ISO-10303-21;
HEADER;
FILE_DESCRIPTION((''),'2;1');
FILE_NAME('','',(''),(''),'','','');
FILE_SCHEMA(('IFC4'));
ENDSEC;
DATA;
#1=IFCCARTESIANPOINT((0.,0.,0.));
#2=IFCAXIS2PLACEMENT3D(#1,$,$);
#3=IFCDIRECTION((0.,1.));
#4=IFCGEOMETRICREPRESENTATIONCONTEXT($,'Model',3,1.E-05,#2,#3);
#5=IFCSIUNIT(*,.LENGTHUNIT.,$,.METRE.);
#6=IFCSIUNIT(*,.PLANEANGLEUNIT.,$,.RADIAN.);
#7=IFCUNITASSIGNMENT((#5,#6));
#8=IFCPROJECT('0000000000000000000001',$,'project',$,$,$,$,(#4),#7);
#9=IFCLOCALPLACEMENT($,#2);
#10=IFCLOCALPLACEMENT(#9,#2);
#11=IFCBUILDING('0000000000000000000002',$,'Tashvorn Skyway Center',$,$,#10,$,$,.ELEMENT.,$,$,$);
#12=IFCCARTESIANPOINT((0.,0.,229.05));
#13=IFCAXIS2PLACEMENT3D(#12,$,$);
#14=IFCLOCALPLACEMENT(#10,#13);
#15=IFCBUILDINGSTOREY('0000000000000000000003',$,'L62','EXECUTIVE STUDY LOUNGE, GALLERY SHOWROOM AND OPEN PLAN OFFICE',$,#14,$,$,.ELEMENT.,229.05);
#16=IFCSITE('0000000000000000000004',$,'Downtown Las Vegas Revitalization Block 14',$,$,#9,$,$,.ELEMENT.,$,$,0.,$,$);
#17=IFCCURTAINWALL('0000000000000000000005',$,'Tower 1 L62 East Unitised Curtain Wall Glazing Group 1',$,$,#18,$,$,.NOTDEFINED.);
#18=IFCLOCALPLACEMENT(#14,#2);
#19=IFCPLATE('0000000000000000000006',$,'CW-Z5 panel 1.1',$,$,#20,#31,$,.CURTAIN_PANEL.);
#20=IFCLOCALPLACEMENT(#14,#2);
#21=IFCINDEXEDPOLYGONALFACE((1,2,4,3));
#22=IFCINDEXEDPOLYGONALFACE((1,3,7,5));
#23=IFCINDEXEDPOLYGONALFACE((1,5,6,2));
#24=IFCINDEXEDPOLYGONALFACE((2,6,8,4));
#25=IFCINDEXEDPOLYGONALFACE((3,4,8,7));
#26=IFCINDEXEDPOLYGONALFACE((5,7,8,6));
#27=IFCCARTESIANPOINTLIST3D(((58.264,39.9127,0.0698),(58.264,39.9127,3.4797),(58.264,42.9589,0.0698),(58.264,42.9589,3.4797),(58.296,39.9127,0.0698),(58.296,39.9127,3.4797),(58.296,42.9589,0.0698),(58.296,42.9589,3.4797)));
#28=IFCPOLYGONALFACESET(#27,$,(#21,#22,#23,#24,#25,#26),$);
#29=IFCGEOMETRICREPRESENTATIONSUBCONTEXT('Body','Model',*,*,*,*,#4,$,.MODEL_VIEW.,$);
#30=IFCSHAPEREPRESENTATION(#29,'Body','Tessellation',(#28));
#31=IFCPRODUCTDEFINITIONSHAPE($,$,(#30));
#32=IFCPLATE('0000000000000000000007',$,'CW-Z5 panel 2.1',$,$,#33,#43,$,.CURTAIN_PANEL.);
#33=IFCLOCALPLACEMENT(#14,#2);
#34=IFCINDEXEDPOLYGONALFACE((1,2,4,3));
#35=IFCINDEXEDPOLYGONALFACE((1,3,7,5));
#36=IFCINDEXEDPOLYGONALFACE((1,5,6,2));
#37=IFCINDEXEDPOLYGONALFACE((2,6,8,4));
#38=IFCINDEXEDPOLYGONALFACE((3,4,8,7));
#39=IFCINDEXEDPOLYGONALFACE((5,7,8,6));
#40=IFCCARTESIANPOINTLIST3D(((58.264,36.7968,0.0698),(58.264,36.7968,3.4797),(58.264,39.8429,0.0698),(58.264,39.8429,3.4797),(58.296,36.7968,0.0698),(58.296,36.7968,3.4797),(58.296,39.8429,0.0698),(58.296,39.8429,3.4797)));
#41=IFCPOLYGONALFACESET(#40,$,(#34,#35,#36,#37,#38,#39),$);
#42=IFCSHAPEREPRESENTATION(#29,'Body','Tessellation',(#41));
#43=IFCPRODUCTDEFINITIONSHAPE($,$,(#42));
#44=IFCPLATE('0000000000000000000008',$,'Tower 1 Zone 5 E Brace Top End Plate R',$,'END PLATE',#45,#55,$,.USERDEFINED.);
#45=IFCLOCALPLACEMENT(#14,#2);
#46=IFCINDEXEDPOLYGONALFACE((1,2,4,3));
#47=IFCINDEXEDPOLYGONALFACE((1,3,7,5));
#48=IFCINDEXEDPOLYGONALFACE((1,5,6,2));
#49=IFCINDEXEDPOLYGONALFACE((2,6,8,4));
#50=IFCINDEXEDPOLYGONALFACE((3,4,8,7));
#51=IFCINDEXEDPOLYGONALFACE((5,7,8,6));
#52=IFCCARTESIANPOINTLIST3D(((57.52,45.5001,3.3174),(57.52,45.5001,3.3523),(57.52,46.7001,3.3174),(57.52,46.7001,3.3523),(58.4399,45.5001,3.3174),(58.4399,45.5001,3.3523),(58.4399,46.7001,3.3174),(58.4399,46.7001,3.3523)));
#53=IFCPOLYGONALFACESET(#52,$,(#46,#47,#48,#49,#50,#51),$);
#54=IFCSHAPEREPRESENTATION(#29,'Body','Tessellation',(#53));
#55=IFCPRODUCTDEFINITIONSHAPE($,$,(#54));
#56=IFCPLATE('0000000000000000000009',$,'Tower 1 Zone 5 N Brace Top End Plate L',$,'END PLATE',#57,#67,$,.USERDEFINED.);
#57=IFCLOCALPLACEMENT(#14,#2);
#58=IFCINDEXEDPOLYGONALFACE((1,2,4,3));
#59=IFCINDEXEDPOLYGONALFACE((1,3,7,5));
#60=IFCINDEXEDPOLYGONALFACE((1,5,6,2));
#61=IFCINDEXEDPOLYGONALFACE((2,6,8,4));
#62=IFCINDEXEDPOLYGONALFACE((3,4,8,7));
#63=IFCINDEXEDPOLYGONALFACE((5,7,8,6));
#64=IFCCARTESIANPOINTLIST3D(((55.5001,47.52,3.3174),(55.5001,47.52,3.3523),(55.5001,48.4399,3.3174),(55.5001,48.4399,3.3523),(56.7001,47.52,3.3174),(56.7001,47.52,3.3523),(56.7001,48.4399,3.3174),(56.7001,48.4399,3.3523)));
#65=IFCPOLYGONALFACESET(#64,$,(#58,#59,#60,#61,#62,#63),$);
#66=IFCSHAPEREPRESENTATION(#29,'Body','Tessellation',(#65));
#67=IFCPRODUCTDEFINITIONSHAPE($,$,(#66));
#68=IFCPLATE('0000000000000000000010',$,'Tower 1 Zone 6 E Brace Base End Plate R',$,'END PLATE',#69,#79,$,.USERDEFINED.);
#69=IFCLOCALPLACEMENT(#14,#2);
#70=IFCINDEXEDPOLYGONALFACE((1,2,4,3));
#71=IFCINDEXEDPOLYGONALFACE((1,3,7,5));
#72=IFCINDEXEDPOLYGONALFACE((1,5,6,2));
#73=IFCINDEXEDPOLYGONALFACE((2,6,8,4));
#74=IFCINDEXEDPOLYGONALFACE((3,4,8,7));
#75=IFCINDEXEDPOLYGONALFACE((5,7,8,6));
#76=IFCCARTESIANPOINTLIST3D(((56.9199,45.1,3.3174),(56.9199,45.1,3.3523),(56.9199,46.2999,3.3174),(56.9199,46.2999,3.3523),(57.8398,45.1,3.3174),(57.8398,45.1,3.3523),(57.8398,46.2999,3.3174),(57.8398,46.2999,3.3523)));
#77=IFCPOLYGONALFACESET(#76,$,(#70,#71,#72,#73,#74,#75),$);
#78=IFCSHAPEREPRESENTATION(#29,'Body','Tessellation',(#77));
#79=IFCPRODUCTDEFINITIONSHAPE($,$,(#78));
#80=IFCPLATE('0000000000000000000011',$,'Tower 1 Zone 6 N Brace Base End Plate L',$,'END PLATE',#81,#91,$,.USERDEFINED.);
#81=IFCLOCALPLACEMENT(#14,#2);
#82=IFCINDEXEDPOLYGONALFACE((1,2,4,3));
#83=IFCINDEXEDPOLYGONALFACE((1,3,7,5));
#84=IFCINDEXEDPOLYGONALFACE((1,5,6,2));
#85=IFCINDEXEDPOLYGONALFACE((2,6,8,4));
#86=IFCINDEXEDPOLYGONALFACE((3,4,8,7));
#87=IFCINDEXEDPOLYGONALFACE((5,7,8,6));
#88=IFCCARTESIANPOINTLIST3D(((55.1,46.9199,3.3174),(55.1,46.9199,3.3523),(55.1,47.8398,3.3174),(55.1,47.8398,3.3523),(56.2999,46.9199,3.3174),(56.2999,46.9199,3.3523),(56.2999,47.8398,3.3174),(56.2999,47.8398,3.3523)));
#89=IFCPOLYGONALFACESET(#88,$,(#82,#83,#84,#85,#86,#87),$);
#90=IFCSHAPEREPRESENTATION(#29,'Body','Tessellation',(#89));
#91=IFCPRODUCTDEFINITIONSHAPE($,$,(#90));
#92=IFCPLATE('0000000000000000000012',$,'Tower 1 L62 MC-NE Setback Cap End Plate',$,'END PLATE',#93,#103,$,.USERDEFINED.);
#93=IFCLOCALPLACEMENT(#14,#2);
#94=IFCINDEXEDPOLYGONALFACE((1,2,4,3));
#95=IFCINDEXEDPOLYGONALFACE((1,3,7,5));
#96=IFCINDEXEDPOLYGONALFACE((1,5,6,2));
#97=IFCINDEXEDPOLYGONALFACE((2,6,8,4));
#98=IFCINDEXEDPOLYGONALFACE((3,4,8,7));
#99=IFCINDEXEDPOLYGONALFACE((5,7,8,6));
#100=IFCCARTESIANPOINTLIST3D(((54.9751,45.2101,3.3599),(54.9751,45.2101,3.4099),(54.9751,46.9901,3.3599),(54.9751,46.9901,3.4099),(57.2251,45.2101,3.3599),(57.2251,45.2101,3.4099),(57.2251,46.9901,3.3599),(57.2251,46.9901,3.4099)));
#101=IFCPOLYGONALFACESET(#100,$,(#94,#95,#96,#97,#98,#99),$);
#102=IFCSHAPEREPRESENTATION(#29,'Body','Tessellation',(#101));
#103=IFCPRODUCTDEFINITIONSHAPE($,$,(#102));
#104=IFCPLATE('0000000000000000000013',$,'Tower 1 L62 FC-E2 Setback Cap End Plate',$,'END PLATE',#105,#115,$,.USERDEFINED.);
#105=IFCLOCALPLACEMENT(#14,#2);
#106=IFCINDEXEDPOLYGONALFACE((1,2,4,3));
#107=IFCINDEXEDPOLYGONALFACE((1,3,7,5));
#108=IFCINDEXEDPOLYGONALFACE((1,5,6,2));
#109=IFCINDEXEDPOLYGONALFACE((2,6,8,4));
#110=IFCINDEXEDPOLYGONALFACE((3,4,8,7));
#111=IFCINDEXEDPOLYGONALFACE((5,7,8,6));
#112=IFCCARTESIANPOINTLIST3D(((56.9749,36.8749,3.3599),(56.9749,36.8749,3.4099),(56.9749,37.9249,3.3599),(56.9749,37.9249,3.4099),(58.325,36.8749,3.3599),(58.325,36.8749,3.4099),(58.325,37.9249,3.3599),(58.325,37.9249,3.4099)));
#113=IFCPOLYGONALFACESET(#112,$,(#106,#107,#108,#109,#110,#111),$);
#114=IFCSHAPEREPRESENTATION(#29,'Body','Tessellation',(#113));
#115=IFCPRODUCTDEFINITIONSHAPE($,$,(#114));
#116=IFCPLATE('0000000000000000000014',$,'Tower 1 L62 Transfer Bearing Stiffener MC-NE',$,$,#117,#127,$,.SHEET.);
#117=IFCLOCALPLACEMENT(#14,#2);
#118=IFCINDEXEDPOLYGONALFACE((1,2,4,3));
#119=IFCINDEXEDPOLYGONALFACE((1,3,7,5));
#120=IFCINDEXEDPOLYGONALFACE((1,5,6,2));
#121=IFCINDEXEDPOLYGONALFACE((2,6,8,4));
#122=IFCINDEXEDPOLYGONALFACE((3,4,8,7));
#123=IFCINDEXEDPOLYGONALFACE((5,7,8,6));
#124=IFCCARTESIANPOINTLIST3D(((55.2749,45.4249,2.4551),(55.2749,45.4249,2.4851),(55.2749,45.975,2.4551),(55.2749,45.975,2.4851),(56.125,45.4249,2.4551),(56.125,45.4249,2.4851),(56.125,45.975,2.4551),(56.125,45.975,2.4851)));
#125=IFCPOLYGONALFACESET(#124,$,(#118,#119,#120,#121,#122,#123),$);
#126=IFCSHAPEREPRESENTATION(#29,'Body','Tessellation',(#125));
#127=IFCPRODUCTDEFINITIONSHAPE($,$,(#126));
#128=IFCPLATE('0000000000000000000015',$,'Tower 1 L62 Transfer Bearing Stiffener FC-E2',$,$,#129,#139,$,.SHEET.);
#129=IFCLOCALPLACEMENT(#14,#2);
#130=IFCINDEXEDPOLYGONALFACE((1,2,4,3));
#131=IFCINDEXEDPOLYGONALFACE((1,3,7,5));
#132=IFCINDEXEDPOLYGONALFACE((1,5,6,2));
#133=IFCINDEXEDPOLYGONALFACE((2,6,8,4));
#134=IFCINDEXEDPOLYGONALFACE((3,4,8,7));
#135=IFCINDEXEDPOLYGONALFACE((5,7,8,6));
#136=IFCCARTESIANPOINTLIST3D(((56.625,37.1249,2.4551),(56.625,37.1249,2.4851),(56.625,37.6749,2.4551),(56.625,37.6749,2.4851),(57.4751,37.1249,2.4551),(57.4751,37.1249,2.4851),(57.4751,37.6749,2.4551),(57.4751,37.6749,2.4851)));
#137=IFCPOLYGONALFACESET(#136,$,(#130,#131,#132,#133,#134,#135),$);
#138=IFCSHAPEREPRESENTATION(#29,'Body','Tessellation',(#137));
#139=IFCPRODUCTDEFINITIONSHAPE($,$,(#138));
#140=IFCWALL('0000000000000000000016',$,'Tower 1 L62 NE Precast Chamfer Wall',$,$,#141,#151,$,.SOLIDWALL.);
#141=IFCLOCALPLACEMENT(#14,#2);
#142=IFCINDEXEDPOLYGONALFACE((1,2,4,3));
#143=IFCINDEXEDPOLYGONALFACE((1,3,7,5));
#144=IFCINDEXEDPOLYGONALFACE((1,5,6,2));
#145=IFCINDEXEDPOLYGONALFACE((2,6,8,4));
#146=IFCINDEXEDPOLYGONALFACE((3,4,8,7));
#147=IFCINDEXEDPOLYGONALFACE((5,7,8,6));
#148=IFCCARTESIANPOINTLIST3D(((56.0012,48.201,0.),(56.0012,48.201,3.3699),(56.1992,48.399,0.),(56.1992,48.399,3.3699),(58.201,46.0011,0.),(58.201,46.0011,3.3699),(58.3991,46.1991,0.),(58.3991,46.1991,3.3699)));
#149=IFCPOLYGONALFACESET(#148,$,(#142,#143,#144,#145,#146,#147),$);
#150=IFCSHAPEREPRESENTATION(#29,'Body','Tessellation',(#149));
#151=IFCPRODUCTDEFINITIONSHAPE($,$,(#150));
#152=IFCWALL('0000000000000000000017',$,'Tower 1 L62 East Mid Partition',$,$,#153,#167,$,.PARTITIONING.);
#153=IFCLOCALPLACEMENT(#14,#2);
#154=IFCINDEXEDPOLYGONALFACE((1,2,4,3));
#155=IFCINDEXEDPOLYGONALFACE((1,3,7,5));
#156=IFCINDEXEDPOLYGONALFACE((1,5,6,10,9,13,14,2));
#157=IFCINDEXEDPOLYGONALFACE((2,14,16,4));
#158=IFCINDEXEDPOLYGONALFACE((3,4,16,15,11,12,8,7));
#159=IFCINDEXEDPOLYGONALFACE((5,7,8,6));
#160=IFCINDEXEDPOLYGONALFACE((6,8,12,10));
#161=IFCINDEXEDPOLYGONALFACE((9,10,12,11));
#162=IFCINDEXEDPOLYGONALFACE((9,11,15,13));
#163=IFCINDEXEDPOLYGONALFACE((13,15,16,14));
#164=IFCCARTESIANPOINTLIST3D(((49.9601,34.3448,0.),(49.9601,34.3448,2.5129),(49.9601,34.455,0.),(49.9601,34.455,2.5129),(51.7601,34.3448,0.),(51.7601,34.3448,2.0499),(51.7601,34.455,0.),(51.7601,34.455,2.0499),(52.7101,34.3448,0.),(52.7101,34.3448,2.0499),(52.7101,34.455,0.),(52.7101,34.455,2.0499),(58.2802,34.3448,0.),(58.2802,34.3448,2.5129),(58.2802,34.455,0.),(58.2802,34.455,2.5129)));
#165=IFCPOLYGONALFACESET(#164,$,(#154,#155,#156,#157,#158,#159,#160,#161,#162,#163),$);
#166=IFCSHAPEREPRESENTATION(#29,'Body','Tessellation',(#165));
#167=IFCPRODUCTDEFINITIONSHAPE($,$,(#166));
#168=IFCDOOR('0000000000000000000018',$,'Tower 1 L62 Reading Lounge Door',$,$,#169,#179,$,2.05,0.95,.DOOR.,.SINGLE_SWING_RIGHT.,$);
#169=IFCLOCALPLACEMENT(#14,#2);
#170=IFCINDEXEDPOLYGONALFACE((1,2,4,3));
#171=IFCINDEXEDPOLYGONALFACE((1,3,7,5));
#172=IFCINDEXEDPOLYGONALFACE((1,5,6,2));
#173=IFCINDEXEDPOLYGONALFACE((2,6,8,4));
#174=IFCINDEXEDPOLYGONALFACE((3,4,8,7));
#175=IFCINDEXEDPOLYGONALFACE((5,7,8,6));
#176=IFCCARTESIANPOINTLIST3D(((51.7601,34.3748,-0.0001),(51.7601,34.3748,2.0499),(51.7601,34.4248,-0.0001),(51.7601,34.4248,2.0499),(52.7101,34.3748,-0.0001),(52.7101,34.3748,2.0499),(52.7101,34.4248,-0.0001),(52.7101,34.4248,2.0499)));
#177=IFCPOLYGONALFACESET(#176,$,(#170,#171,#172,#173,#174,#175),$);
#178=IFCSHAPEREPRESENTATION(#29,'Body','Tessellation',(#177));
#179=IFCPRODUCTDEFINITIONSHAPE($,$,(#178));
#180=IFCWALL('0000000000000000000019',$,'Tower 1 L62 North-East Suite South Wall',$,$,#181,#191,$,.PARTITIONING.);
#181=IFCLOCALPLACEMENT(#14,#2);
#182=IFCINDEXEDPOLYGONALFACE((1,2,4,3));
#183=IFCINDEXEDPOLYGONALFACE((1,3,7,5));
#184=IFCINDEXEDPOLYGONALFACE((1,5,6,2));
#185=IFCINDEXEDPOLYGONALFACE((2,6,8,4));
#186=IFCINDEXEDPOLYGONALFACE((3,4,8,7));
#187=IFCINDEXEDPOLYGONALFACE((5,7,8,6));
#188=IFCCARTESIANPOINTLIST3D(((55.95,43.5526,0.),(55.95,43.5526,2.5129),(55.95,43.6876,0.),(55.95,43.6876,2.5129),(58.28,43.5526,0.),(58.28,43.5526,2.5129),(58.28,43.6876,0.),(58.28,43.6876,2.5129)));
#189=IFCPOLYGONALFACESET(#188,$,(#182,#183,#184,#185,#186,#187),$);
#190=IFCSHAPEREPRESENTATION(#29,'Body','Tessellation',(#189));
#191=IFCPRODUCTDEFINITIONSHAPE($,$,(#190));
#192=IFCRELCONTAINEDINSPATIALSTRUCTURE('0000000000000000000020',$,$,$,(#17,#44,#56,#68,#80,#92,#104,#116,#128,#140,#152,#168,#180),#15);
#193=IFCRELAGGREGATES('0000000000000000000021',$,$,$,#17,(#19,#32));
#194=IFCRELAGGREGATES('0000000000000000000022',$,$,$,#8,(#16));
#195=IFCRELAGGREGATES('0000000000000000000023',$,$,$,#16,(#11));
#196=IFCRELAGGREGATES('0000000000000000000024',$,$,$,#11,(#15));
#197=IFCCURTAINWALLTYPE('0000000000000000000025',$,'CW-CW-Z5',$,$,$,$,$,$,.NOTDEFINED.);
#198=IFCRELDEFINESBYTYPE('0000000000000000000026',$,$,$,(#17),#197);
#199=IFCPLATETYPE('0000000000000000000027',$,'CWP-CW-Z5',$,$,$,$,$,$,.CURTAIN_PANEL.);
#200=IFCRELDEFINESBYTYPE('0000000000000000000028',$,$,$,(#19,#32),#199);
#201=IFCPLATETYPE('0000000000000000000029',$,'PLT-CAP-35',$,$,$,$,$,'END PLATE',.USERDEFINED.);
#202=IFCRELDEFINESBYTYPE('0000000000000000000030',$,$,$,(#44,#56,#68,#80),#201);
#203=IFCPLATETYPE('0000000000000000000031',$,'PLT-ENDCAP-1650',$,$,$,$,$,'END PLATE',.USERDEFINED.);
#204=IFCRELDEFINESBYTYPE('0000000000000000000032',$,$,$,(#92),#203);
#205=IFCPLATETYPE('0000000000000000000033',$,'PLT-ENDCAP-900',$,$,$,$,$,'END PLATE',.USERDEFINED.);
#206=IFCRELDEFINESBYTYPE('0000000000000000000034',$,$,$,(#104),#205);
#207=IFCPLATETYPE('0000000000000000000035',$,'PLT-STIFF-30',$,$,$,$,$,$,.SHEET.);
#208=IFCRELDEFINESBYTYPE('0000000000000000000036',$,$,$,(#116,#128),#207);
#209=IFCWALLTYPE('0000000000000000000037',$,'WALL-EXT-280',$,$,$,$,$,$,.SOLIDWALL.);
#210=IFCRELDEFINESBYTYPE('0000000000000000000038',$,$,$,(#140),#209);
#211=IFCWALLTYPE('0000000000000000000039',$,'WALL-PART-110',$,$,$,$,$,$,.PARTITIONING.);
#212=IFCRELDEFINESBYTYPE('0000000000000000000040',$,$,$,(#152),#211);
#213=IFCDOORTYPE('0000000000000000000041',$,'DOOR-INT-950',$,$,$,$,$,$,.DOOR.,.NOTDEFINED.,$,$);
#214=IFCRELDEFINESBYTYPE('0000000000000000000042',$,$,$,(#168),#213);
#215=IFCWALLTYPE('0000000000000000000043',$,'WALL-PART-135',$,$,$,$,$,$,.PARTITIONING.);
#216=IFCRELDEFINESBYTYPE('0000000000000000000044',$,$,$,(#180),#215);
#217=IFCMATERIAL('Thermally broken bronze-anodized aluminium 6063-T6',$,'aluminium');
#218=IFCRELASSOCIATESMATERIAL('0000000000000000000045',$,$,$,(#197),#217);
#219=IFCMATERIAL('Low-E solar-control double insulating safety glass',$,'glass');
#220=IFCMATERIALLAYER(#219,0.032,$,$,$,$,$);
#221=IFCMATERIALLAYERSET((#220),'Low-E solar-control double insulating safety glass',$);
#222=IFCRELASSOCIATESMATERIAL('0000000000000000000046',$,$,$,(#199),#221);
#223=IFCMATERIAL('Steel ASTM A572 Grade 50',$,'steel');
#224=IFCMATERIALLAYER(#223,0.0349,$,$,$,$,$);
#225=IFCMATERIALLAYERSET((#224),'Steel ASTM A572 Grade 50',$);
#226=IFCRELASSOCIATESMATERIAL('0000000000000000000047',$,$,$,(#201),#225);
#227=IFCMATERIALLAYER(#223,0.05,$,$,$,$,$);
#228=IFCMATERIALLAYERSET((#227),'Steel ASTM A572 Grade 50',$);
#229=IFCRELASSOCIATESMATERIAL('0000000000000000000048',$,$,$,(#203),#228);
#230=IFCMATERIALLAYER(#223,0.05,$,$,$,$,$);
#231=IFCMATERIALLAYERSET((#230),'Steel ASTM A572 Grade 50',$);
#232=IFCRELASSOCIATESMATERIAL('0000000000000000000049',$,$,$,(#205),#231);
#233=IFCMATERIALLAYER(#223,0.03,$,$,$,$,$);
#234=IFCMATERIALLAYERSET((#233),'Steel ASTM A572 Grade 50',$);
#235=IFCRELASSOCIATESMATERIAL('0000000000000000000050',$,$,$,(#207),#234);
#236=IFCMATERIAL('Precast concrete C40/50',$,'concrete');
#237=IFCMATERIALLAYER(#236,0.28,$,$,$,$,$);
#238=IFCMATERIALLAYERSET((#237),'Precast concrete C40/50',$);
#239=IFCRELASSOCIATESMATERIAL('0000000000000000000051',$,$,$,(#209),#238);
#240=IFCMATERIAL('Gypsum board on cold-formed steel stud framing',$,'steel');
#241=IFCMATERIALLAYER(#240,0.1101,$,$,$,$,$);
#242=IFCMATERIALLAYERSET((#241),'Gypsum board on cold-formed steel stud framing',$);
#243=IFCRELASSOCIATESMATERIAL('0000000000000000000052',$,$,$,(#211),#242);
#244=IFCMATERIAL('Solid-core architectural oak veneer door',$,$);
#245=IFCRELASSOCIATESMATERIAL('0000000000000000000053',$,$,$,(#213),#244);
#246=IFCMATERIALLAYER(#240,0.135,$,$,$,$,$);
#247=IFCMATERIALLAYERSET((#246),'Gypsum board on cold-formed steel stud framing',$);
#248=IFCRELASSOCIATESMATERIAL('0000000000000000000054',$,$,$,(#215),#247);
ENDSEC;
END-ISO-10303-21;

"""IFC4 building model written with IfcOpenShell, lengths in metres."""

from ifc_helpers import new_model, si_unit, direction, frame, frame_2d, origin, origin_2d, place, context, subcontext, project, spatial, rectangle, extrude, material, layer, layer_set, type_object, element, fill, aggregate, save


model = new_model("IFC4")

# Units and contexts
model_context = context("Model", 3, precision=1e-05, world=origin(), true_north=direction((0.0, 1.0)))
body_context = subcontext(model_context, "Body", "Model", "MODEL_VIEW")
ifc_project = project(units=[si_unit("LENGTHUNIT", "METRE"), si_unit("PLANEANGLEUNIT", "RADIAN")], contexts=[model_context])

# Site, building, storey
site_placement = place(None, origin())
site = spatial("IfcSite", under=ifc_project, at=site_placement, Name="Downtown Las Vegas Revitalization Block 14", CompositionType="ELEMENT", RefElevation=0.0)
building_placement = place(site_placement, origin())
building = spatial("IfcBuilding", under=site, at=building_placement, Name="Tashvorn Skyway Center", CompositionType="ELEMENT")
storey_placement = place(building_placement, frame((0.0, 0.0, 229.05)))
storey = spatial("IfcBuildingStorey", under=building, at=storey_placement, Name="L62", Description="EXECUTIVE STUDY LOUNGE, GALLERY SHOWROOM AND OPEN PLAN OFFICE", CompositionType="ELEMENT", Elevation=229.05)

# Shared definitions
ifc_material_1 = material(Name="Steel ASTM A572 Grade 50", Category="steel")

# Shared definitions
ifc_material_2 = material(Name="Thermally broken bronze-anodized aluminium 6063-T6", Category="aluminium")
curtain_wall_type = type_object("IfcCurtainWallType", Name="CW-CW-Z5", PredefinedType="NOTDEFINED", material=ifc_material_2)

# Curtain wall
curtain_wall_1_placement = place(storey_placement, origin())
curtain_wall_1 = element("IfcCurtainWall", 1, at=curtain_wall_1_placement, inside=storey, type_object=curtain_wall_type, Name="Tower 1 L62 East Unitised Curtain Wall Glazing Group 1", PredefinedType="NOTDEFINED")

# Plates
ifc_material_3 = material(Name="Low-E solar-control double insulating safety glass", Category="glass")
ifc_layer_1 = layer(ifc_material_3, 0.032)
ifc_layer_set_1 = layer_set([ifc_layer_1], Name="Low-E solar-control double insulating safety glass")
plate_type_1 = type_object("IfcPlateType", Name="CWP-CW-Z5", PredefinedType="CURTAIN_PANEL", material=ifc_layer_set_1)
plate_1_placement = place(storey_placement, frame((58.28, 41.4358, 0.0698), z_axis=(0.0, 0.0, 1.0), x_axis=(0.0, -1.0, 0.0)))
plate_1 = element("IfcPlate", 2, at=plate_1_placement, type_object=plate_type_1, Name="CW-Z5 panel 1.1", PredefinedType="CURTAIN_PANEL", context=body_context, shape_type="SweptSolid", body=[
    extrude(rectangle(XDim=3.0461, YDim=0.032, at=origin_2d()), origin(), (0.0, 0.0, 1.0), 3.4099),
])
plate_2_placement = place(storey_placement, frame((58.28, 38.3198, 0.0698), z_axis=(0.0, 0.0, 1.0), x_axis=(0.0, -1.0, 0.0)))
plate_2 = element("IfcPlate", 3, at=plate_2_placement, type_object=plate_type_1, Name="CW-Z5 panel 2.1", PredefinedType="CURTAIN_PANEL", context=body_context, shape_type="SweptSolid", body=[
    extrude(rectangle(XDim=3.0461, YDim=0.032, at=origin_2d()), origin(), (0.0, 0.0, 1.0), 3.4099),
])
aggregate(curtain_wall_1, [plate_1, plate_2])

# Plates
ifc_layer_2 = layer(ifc_material_1, 0.0349)
ifc_layer_set_2 = layer_set([ifc_layer_2], Name="Steel ASTM A572 Grade 50")
plate_type_2 = type_object("IfcPlateType", Name="PLT-CAP-35", ElementType="END PLATE", PredefinedType="USERDEFINED", material=ifc_layer_set_2)
for number, where, z_axis, x_axis, name in (
    (4, (57.98, 46.1001, 3.3174), (0.0, 0.0, 1.0), (0.0, 1.0, 0.0), "Tower 1 Zone 5 E Brace Top End Plate R"),
    (5, (56.1001, 47.98, 3.3174), (0.0, 0.0, 1.0), (-1.0, 0.0, 0.0), "Tower 1 Zone 5 N Brace Top End Plate L"),
    (6, (57.3799, 45.7, 3.3174), (0.0, 0.0, 1.0), (0.0, 1.0, 0.0), "Tower 1 Zone 6 E Brace Base End Plate R"),
    (7, (55.7, 47.3799, 3.3174), (0.0, 0.0, 1.0), (-1.0, 0.0, 0.0), "Tower 1 Zone 6 N Brace Base End Plate L"),
):
    element("IfcPlate", number, at=place(storey_placement, frame(where, z_axis=z_axis, x_axis=x_axis)), inside=storey, type_object=plate_type_2, Name=name, ObjectType="END PLATE", PredefinedType="USERDEFINED", context=body_context, shape_type="SweptSolid", body=[
        extrude(rectangle(XDim=1.2, YDim=0.9199, at=origin_2d()), origin(), (0.0, 0.0, 1.0), 0.0349),
    ])
ifc_layer_3 = layer(ifc_material_1, 0.05)
ifc_layer_set_3 = layer_set([ifc_layer_3], Name="Steel ASTM A572 Grade 50")
plate_type_3 = type_object("IfcPlateType", Name="PLT-ENDCAP-1650", ElementType="END PLATE", PredefinedType="USERDEFINED", material=ifc_layer_set_3)
plate_3_placement = place(storey_placement, frame((56.1001, 46.1001, 3.3599), z_axis=(0.0, 0.0, 1.0), x_axis=(1.0, 0.0, 0.0)))
element("IfcPlate", 8, at=plate_3_placement, inside=storey, type_object=plate_type_3, Name="Tower 1 L62 MC-NE Setback Cap End Plate", ObjectType="END PLATE", PredefinedType="USERDEFINED", context=body_context, shape_type="SweptSolid", body=[
    extrude(rectangle(XDim=2.25, YDim=1.78, at=origin_2d()), origin(), (0.0, 0.0, 1.0), 0.05),
])
ifc_layer_4 = layer(ifc_material_1, 0.05)
ifc_layer_set_4 = layer_set([ifc_layer_4], Name="Steel ASTM A572 Grade 50")
plate_type_4 = type_object("IfcPlateType", Name="PLT-ENDCAP-900", ElementType="END PLATE", PredefinedType="USERDEFINED", material=ifc_layer_set_4)
plate_4_placement = place(storey_placement, frame((57.6499, 37.3999, 3.3599), z_axis=(0.0, 0.0, 1.0), x_axis=(1.0, 0.0, 0.0)))
element("IfcPlate", 9, at=plate_4_placement, inside=storey, type_object=plate_type_4, Name="Tower 1 L62 FC-E2 Setback Cap End Plate", ObjectType="END PLATE", PredefinedType="USERDEFINED", context=body_context, shape_type="SweptSolid", body=[
    extrude(rectangle(XDim=1.3501, YDim=1.05, at=origin_2d()), origin(), (0.0, 0.0, 1.0), 0.05),
])
ifc_layer_5 = layer(ifc_material_1, 0.03)
ifc_layer_set_5 = layer_set([ifc_layer_5], Name="Steel ASTM A572 Grade 50")
plate_type_5 = type_object("IfcPlateType", Name="PLT-STIFF-30", PredefinedType="SHEET", material=ifc_layer_set_5)
for number, where, z_axis, x_axis, name in (
    (10, (55.7, 45.7, 2.4551), (0.0, 0.0, 1.0), (1.0, 0.0, 0.0), "Tower 1 L62 Transfer Bearing Stiffener MC-NE"),
    (11, (57.05, 37.3999, 2.4551), (0.0, 0.0, 1.0), (1.0, 0.0, 0.0), "Tower 1 L62 Transfer Bearing Stiffener FC-E2"),
):
    element("IfcPlate", number, at=place(storey_placement, frame(where, z_axis=z_axis, x_axis=x_axis)), inside=storey, type_object=plate_type_5, Name=name, PredefinedType="SHEET", context=body_context, shape_type="SweptSolid", body=[
        extrude(rectangle(XDim=0.8501, YDim=0.55, at=origin_2d()), origin(), (0.0, 0.0, 1.0), 0.03),
    ])

# Wall
ifc_material_4 = material(Name="Precast concrete C40/50", Category="concrete")
ifc_layer_6 = layer(ifc_material_4, 0.28)
ifc_layer_set_6 = layer_set([ifc_layer_6], Name="Precast concrete C40/50")
wall_type_1 = type_object("IfcWallType", Name="WALL-EXT-280", PredefinedType="SOLIDWALL", material=ifc_layer_set_6)
wall_1_placement = place(storey_placement, frame((56.1001, 48.3, 0.0), z_axis=(0.0, 0.0, 1.0), x_axis=(0.707107, -0.707107, 0.0)))
element("IfcWall", 12, at=wall_1_placement, inside=storey, type_object=wall_type_1, Name="Tower 1 L62 NE Precast Chamfer Wall", PredefinedType="SOLIDWALL", context=body_context, shape_type="SweptSolid", body=[
    extrude(rectangle(XDim=3.1111, YDim=0.28, at=frame_2d((1.5557, 0.0))), origin(), (0.0, 0.0, 1.0), 3.3699),
])

# Wall, opening, door
ifc_material_5 = material(Name="Gypsum board on cold-formed steel stud framing", Category="steel")
ifc_layer_7 = layer(ifc_material_5, 0.1101)
ifc_layer_set_7 = layer_set([ifc_layer_7], Name="Gypsum board on cold-formed steel stud framing")
wall_type_2 = type_object("IfcWallType", Name="WALL-PART-110", PredefinedType="PARTITIONING", material=ifc_layer_set_7)
wall_2_placement = place(storey_placement, frame((49.96, 34.3999, 0.0), z_axis=(0.0, 0.0, 1.0), x_axis=(1.0, 0.0, 0.0)))
wall_2 = element("IfcWall", 13, at=wall_2_placement, inside=storey, type_object=wall_type_2, Name="Tower 1 L62 East Mid Partition", PredefinedType="PARTITIONING", context=body_context, shape_type="SweptSolid", body=[
    extrude(rectangle(XDim=8.3201, YDim=0.1101, at=frame_2d((4.1602, 0.0))), origin(), (0.0, 0.0, 1.0), 2.5129),
])
opening_placement = place(wall_2_placement, frame((1.8, 0.0, 0.0)))
opening = element("IfcOpeningElement", 14, at=opening_placement, cuts=wall_2, PredefinedType="OPENING", context=body_context, shape_type="SweptSolid", body=[
    extrude(rectangle(XDim=0.95, YDim=2.05, at=frame_2d((0.4751, 1.0249))), frame((0.0, 0.0649, 0.0), z_axis=(0.0, -1.0, 0.0), x_axis=(1.0, 0.0, 0.0)), (0.0, 0.0, 1.0), 0.1301),
])
ifc_material_6 = material(Name="Solid-core architectural oak veneer door")
door_type = type_object("IfcDoorType", Name="DOOR-INT-950", OperationType="NOTDEFINED", PredefinedType="DOOR", material=ifc_material_6)
door_placement = place(opening_placement, origin())
door = element("IfcDoor", 15, at=door_placement, inside=storey, type_object=door_type, Name="Tower 1 L62 Reading Lounge Door", OperationType="SINGLE_SWING_RIGHT", OverallHeight=2.05, OverallWidth=0.95, PredefinedType="DOOR", context=body_context, shape_type="SweptSolid", body=[
    extrude(rectangle(XDim=0.95, YDim=2.05, at=frame_2d((0.4751, 1.0249))), frame((0.0, 0.0249, 0.0), z_axis=(0.0, -1.0, 0.0), x_axis=(1.0, 0.0, 0.0)), (0.0, 0.0, 1.0), 0.05),
])
fill(opening, door)

# Wall
ifc_layer_8 = layer(ifc_material_5, 0.135)
ifc_layer_set_8 = layer_set([ifc_layer_8], Name="Gypsum board on cold-formed steel stud framing")
wall_type_3 = type_object("IfcWallType", Name="WALL-PART-135", PredefinedType="PARTITIONING", material=ifc_layer_set_8)
wall_3_placement = place(storey_placement, frame((55.95, 43.6201, 0.0), z_axis=(0.0, 0.0, 1.0), x_axis=(1.0, 0.0, 0.0)))
element("IfcWall", 16, at=wall_3_placement, inside=storey, type_object=wall_type_3, Name="Tower 1 L62 North-East Suite South Wall", PredefinedType="PARTITIONING", context=body_context, shape_type="SweptSolid", body=[
    extrude(rectangle(XDim=2.3301, YDim=0.135, at=frame_2d((1.165, 0.0))), origin(), (0.0, 0.0, 1.0), 2.5129),
])

save(model, "model.ifc")
